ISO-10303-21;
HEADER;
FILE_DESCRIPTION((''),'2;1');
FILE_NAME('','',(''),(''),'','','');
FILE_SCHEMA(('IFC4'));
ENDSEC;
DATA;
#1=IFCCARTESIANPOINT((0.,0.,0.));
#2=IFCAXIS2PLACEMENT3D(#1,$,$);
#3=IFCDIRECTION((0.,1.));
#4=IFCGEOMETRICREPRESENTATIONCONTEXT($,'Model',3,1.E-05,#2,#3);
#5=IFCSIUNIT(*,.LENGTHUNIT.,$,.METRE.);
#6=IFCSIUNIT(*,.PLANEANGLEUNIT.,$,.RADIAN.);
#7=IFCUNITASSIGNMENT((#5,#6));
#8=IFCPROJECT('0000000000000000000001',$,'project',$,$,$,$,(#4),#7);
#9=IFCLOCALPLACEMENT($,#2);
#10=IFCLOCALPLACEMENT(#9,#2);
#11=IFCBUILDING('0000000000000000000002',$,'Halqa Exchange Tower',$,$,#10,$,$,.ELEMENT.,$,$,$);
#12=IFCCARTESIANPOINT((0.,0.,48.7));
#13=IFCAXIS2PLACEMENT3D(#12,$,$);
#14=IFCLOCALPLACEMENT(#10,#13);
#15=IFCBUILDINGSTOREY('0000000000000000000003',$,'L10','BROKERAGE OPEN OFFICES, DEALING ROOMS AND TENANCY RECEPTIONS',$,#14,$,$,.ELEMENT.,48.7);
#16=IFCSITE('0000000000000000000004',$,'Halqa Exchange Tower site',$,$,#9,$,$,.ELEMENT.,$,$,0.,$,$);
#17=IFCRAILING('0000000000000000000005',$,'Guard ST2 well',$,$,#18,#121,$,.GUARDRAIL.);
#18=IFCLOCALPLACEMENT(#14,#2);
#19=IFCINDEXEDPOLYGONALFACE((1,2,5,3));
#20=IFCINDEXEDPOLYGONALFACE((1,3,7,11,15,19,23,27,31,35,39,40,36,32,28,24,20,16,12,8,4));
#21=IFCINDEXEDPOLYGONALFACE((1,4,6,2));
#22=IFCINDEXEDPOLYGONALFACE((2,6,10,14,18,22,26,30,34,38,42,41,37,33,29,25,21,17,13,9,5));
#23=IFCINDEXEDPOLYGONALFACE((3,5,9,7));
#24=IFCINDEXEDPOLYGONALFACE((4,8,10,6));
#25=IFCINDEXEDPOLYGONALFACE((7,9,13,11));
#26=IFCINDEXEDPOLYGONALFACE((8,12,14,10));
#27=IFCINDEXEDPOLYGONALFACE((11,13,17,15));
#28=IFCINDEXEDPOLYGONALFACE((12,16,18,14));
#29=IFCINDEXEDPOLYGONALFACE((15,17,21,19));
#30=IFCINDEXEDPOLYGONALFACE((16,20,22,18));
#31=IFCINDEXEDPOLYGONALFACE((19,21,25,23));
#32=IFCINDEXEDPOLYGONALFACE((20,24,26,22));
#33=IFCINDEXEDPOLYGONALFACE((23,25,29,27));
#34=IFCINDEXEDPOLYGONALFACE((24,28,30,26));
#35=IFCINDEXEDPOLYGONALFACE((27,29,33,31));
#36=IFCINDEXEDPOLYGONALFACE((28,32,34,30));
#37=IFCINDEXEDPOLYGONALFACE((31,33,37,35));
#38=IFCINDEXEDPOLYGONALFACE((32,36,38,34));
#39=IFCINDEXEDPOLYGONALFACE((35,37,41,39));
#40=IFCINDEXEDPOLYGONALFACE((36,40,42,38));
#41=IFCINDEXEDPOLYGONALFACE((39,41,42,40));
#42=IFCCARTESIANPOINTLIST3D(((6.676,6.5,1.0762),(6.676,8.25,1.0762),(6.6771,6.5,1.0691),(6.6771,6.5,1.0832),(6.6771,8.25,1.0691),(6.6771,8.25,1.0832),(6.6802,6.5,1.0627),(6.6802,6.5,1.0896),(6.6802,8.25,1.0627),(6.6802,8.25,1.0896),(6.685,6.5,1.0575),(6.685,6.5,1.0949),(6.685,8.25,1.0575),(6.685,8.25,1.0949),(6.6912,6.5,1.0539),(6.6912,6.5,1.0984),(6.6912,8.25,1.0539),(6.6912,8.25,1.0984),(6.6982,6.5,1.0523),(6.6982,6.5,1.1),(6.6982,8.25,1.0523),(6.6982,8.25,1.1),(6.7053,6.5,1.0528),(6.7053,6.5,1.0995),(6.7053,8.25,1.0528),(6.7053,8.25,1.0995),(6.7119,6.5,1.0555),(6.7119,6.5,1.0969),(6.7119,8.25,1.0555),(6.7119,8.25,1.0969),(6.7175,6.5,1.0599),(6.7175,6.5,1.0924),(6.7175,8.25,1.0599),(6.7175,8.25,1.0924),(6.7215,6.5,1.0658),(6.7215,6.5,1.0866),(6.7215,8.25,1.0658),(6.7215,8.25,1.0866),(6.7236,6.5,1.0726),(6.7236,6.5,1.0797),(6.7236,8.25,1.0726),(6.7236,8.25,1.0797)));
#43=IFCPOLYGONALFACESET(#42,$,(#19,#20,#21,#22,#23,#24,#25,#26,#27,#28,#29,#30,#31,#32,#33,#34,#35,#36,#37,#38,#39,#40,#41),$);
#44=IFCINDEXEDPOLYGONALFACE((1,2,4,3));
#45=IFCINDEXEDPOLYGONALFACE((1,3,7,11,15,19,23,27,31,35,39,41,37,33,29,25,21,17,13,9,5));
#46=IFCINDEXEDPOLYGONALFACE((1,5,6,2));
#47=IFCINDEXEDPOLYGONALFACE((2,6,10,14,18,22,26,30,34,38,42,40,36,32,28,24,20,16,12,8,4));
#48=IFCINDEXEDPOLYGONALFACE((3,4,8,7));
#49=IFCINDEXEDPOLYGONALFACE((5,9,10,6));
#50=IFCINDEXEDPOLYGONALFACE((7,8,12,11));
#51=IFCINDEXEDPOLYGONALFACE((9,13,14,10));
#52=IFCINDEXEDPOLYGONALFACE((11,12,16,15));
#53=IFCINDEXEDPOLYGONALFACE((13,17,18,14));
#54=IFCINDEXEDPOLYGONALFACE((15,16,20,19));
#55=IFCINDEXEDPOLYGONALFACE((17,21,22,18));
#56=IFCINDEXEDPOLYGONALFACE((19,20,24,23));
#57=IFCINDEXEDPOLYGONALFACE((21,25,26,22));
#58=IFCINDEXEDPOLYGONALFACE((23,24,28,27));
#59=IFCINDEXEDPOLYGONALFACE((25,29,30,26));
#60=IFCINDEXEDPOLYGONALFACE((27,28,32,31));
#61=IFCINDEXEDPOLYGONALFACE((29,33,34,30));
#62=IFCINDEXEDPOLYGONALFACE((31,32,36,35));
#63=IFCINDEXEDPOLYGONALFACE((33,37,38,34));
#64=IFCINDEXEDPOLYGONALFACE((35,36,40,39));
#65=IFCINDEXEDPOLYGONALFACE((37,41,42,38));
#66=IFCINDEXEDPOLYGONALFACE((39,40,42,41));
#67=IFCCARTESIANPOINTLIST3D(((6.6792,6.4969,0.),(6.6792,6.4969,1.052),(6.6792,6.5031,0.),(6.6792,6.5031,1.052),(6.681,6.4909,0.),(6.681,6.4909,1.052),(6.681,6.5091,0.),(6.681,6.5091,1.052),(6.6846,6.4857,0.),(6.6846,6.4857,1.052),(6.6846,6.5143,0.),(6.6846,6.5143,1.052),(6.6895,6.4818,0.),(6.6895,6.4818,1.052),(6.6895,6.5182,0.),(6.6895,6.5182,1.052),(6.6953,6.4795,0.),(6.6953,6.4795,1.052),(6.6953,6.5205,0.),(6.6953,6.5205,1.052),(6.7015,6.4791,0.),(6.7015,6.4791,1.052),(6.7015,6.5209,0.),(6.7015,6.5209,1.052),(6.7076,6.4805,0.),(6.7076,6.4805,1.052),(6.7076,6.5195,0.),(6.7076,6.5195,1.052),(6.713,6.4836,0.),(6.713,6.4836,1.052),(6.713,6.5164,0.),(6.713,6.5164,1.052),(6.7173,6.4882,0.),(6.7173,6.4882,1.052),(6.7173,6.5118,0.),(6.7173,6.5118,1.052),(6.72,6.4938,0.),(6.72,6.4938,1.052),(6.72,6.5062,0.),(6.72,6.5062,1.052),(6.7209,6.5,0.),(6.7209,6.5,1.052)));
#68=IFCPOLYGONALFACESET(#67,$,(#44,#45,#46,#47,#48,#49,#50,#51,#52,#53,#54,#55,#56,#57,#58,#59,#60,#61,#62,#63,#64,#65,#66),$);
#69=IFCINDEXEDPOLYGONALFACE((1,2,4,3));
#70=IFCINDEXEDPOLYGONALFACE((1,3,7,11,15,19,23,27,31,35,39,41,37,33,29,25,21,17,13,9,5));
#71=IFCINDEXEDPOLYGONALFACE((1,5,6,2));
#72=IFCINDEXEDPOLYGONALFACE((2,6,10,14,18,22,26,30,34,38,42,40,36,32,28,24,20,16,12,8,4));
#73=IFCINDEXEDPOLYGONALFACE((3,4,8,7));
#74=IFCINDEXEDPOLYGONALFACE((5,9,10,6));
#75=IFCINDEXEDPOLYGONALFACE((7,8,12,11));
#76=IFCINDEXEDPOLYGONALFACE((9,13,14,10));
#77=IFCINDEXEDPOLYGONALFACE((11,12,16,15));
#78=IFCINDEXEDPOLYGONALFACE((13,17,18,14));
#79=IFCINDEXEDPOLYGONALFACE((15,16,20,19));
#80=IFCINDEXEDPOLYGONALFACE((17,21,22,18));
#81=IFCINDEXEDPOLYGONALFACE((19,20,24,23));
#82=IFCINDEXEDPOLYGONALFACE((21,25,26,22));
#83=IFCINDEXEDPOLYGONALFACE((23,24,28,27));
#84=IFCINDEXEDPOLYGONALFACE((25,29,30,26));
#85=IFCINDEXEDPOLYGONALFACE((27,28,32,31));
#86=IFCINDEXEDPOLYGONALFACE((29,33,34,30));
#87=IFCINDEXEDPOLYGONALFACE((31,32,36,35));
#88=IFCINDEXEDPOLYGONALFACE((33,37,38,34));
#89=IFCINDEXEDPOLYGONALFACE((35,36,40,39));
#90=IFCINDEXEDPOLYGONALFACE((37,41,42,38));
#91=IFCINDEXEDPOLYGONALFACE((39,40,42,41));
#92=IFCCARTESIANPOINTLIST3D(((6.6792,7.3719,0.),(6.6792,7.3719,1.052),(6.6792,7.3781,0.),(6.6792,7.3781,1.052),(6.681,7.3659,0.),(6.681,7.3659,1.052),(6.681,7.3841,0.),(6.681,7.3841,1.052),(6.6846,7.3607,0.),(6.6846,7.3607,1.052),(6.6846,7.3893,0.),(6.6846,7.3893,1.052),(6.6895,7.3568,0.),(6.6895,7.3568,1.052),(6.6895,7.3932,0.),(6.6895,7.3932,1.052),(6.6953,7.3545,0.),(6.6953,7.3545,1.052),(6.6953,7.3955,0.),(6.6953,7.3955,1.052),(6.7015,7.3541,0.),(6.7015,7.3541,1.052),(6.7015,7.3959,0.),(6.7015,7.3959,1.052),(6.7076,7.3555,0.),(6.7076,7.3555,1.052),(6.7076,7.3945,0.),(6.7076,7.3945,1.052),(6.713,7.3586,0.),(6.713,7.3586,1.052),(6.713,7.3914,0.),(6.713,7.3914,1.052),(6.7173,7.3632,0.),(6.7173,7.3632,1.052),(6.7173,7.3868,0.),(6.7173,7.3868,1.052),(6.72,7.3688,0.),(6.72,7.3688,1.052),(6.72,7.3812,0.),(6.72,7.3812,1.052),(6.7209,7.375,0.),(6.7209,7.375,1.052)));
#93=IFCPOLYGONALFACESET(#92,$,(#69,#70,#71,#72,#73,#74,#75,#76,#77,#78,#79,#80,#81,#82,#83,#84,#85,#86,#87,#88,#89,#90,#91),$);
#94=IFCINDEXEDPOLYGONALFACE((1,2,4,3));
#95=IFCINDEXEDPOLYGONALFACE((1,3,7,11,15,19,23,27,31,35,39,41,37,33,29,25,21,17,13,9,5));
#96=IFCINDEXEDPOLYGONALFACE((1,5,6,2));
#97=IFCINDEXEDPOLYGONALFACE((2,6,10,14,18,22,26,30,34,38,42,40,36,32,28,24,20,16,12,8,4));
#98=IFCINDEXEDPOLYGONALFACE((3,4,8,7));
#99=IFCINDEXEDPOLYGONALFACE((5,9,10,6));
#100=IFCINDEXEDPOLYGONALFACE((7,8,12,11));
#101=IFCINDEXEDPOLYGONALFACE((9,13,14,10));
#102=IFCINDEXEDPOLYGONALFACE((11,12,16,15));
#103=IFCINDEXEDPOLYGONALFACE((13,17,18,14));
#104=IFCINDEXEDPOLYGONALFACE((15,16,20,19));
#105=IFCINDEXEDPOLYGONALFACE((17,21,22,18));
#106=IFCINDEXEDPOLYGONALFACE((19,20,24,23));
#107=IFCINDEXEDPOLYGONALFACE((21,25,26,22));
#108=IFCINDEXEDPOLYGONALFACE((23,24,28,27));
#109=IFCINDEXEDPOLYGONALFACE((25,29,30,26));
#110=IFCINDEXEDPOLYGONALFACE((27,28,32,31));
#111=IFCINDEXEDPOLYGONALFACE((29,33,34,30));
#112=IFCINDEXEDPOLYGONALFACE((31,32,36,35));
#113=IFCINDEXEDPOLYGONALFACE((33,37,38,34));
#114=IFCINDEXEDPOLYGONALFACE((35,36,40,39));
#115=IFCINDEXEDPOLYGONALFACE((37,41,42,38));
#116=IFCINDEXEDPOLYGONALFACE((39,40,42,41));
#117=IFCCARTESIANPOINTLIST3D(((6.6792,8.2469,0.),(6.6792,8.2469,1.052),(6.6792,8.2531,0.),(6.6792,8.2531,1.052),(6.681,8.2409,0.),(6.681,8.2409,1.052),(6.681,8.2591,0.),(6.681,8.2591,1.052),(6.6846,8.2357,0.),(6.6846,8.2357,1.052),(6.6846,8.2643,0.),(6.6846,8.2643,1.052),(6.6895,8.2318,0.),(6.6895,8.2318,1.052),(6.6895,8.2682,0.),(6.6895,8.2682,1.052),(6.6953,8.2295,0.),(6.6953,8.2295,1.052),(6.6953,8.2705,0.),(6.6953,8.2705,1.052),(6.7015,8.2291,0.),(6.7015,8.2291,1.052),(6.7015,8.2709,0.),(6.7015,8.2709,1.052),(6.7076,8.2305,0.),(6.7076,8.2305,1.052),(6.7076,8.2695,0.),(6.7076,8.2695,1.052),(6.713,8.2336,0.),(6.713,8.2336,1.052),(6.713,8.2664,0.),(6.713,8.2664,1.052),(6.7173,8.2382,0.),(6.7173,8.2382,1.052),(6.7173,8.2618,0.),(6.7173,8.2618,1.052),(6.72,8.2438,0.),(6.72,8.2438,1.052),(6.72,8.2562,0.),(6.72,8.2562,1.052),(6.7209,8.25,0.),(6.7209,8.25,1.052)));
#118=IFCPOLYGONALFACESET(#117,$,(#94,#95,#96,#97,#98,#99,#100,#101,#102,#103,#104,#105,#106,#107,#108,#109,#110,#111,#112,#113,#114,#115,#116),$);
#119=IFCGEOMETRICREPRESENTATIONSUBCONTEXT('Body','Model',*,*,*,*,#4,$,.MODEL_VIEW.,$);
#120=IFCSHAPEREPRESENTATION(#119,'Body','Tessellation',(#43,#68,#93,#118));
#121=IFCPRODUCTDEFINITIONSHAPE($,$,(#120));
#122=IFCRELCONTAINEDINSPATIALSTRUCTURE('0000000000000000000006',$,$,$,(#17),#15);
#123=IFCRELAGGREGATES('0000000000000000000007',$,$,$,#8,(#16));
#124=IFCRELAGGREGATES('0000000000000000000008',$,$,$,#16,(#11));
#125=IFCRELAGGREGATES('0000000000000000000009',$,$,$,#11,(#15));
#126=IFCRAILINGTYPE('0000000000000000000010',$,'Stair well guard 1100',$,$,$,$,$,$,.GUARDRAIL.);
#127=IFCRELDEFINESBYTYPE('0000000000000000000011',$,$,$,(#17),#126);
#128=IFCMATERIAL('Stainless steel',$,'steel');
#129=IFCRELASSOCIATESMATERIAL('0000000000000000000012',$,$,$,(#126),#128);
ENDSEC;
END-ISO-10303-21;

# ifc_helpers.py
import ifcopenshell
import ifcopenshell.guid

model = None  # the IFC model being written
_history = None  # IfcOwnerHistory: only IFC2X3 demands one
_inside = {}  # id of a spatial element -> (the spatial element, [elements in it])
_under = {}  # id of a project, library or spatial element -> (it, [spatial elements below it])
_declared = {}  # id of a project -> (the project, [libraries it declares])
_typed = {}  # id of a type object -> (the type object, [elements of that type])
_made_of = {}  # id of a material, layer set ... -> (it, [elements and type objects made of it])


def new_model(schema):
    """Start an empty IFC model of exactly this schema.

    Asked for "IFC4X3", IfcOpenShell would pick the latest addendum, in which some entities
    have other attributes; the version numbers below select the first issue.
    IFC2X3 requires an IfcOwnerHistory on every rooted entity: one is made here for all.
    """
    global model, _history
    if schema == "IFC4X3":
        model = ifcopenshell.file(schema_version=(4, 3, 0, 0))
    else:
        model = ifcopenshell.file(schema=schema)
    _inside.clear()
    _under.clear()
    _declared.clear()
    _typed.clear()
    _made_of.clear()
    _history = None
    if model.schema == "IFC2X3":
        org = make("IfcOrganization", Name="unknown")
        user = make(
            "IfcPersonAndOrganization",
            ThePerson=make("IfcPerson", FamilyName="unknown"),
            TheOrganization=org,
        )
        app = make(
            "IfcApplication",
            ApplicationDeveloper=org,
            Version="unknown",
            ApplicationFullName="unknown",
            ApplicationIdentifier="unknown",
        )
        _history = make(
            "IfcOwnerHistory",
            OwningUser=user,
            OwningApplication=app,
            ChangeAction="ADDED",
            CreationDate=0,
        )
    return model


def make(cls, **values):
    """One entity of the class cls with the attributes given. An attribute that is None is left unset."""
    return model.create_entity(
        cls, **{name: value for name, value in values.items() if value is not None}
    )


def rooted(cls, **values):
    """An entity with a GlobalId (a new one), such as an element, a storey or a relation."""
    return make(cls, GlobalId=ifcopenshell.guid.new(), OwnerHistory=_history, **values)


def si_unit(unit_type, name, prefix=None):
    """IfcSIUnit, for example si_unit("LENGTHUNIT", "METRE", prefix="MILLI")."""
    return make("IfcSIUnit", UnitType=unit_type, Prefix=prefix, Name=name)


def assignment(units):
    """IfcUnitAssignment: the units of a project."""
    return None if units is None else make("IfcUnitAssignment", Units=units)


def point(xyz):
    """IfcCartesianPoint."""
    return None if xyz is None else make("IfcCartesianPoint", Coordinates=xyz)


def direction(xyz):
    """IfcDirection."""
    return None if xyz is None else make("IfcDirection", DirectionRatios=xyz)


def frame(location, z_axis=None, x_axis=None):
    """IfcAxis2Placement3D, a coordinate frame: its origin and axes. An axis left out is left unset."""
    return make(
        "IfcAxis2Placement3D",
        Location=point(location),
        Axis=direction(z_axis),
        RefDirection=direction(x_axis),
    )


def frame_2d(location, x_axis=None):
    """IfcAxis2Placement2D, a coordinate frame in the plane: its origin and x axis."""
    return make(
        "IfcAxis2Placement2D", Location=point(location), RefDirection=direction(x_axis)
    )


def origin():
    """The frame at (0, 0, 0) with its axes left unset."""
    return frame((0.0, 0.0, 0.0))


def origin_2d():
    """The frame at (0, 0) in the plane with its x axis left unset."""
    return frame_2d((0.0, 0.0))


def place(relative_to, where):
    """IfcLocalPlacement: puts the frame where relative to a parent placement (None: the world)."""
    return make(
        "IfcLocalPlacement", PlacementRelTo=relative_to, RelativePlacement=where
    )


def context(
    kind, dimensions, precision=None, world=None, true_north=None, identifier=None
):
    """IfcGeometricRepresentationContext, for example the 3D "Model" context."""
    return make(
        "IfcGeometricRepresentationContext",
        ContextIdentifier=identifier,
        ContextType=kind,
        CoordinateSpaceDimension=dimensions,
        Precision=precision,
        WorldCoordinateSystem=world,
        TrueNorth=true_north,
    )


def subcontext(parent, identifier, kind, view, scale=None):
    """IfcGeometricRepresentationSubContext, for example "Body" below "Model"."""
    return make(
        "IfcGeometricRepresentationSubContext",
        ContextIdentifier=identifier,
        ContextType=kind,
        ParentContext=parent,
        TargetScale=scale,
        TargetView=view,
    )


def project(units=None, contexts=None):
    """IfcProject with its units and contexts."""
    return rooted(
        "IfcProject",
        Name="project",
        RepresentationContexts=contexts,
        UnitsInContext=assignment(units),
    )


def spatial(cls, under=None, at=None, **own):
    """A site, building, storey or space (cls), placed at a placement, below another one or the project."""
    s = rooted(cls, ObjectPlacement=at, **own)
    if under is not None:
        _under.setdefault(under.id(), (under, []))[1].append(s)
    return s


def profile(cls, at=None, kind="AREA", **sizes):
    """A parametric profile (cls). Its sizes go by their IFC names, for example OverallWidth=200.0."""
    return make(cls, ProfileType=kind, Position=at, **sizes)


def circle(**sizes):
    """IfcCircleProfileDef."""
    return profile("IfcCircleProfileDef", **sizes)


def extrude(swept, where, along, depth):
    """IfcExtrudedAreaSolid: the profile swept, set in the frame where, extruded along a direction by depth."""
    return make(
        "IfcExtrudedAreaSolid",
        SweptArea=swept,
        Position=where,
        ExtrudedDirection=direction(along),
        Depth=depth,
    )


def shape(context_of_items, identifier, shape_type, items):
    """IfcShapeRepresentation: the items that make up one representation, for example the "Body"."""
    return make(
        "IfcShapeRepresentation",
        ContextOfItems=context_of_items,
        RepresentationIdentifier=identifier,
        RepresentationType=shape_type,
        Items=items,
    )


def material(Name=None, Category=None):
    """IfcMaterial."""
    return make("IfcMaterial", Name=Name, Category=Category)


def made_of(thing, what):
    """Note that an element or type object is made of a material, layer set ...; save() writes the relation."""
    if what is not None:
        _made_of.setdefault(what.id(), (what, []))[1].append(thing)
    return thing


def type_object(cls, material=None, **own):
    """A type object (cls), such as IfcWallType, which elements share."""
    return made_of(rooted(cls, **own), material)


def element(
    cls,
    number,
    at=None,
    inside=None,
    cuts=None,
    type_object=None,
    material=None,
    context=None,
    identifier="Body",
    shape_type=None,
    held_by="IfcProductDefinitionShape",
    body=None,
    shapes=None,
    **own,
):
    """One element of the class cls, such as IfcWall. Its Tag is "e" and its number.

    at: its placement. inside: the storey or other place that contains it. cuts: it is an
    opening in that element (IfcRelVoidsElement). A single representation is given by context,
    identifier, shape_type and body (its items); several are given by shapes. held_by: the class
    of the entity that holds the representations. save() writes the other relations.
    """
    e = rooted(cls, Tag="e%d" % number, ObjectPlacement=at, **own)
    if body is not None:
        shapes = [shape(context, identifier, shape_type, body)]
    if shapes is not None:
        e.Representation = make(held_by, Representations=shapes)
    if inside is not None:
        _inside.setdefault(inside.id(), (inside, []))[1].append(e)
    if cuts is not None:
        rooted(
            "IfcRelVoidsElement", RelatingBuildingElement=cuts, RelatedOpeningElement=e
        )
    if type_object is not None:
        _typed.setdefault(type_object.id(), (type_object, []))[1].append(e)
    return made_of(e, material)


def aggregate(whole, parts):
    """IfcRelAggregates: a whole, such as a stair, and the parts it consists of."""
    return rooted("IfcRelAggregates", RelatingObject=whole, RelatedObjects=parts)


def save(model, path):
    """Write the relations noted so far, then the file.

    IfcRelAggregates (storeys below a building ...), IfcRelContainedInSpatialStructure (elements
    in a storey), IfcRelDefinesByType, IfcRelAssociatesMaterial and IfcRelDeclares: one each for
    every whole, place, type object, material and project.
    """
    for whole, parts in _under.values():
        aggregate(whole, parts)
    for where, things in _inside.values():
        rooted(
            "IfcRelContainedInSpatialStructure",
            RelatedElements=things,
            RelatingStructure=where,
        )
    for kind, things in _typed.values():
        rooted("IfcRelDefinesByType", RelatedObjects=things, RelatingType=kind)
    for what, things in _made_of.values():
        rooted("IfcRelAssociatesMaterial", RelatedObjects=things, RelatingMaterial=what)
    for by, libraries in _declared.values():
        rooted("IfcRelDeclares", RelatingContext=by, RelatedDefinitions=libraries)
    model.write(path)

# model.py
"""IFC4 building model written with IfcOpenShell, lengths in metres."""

from ifc_helpers import new_model, si_unit, direction, frame, origin, origin_2d, place, context, subcontext, project, spatial, circle, extrude, material, type_object, element, save


model = new_model("IFC4")

# Units and contexts
model_context = context("Model", 3, precision=1e-05, world=origin(), true_north=direction((0.0, 1.0)))
body_context = subcontext(model_context, "Body", "Model", "MODEL_VIEW")
ifc_project = project(units=[si_unit("LENGTHUNIT", "METRE"), si_unit("PLANEANGLEUNIT", "RADIAN")], contexts=[model_context])

# Site, building, storey
site_placement = place(None, origin())
site = spatial("IfcSite", under=ifc_project, at=site_placement, Name="Halqa Exchange Tower site", CompositionType="ELEMENT", RefElevation=0.0)
building_placement = place(site_placement, origin())
building = spatial("IfcBuilding", under=site, at=building_placement, Name="Halqa Exchange Tower", CompositionType="ELEMENT")
storey_placement = place(building_placement, frame((0.0, 0.0, 48.7)))
storey = spatial("IfcBuildingStorey", under=building, at=storey_placement, Name="L10", Description="BROKERAGE OPEN OFFICES, DEALING ROOMS AND TENANCY RECEPTIONS", CompositionType="ELEMENT", Elevation=48.7)

# Railing
ifc_material_1 = material(Name="Stainless steel", Category="steel")
railing_type_1 = type_object("IfcRailingType", Name="Stair well guard 1100", PredefinedType="GUARDRAIL", material=ifc_material_1)
railing_1_placement = place(storey_placement, frame((6.7, 6.5, 0.0)))
element("IfcRailing", 1, at=railing_1_placement, inside=storey, type_object=railing_type_1, Name="Guard ST2 well", PredefinedType="GUARDRAIL", context=body_context, shape_type="SweptSolid", body=[
    extrude(circle(Radius=0.0239, at=origin_2d()), frame((0.0, 0.0, 1.0762), z_axis=(0.0, 1.0, 0.0), x_axis=(-1.0, 0.0, 0.0)), (0.0, 0.0, 1.0), 1.75),
    extrude(circle(Radius=0.021, at=origin_2d()), origin(), (0.0, 0.0, 1.0), 1.052),
    extrude(circle(Radius=0.021, at=origin_2d()), frame((0.0, 0.875, 0.0)), (0.0, 0.0, 1.0), 1.052),
    extrude(circle(Radius=0.021, at=origin_2d()), frame((0.0, 1.75, 0.0)), (0.0, 0.0, 1.0), 1.052),
])

save(model, "model.ifc")
